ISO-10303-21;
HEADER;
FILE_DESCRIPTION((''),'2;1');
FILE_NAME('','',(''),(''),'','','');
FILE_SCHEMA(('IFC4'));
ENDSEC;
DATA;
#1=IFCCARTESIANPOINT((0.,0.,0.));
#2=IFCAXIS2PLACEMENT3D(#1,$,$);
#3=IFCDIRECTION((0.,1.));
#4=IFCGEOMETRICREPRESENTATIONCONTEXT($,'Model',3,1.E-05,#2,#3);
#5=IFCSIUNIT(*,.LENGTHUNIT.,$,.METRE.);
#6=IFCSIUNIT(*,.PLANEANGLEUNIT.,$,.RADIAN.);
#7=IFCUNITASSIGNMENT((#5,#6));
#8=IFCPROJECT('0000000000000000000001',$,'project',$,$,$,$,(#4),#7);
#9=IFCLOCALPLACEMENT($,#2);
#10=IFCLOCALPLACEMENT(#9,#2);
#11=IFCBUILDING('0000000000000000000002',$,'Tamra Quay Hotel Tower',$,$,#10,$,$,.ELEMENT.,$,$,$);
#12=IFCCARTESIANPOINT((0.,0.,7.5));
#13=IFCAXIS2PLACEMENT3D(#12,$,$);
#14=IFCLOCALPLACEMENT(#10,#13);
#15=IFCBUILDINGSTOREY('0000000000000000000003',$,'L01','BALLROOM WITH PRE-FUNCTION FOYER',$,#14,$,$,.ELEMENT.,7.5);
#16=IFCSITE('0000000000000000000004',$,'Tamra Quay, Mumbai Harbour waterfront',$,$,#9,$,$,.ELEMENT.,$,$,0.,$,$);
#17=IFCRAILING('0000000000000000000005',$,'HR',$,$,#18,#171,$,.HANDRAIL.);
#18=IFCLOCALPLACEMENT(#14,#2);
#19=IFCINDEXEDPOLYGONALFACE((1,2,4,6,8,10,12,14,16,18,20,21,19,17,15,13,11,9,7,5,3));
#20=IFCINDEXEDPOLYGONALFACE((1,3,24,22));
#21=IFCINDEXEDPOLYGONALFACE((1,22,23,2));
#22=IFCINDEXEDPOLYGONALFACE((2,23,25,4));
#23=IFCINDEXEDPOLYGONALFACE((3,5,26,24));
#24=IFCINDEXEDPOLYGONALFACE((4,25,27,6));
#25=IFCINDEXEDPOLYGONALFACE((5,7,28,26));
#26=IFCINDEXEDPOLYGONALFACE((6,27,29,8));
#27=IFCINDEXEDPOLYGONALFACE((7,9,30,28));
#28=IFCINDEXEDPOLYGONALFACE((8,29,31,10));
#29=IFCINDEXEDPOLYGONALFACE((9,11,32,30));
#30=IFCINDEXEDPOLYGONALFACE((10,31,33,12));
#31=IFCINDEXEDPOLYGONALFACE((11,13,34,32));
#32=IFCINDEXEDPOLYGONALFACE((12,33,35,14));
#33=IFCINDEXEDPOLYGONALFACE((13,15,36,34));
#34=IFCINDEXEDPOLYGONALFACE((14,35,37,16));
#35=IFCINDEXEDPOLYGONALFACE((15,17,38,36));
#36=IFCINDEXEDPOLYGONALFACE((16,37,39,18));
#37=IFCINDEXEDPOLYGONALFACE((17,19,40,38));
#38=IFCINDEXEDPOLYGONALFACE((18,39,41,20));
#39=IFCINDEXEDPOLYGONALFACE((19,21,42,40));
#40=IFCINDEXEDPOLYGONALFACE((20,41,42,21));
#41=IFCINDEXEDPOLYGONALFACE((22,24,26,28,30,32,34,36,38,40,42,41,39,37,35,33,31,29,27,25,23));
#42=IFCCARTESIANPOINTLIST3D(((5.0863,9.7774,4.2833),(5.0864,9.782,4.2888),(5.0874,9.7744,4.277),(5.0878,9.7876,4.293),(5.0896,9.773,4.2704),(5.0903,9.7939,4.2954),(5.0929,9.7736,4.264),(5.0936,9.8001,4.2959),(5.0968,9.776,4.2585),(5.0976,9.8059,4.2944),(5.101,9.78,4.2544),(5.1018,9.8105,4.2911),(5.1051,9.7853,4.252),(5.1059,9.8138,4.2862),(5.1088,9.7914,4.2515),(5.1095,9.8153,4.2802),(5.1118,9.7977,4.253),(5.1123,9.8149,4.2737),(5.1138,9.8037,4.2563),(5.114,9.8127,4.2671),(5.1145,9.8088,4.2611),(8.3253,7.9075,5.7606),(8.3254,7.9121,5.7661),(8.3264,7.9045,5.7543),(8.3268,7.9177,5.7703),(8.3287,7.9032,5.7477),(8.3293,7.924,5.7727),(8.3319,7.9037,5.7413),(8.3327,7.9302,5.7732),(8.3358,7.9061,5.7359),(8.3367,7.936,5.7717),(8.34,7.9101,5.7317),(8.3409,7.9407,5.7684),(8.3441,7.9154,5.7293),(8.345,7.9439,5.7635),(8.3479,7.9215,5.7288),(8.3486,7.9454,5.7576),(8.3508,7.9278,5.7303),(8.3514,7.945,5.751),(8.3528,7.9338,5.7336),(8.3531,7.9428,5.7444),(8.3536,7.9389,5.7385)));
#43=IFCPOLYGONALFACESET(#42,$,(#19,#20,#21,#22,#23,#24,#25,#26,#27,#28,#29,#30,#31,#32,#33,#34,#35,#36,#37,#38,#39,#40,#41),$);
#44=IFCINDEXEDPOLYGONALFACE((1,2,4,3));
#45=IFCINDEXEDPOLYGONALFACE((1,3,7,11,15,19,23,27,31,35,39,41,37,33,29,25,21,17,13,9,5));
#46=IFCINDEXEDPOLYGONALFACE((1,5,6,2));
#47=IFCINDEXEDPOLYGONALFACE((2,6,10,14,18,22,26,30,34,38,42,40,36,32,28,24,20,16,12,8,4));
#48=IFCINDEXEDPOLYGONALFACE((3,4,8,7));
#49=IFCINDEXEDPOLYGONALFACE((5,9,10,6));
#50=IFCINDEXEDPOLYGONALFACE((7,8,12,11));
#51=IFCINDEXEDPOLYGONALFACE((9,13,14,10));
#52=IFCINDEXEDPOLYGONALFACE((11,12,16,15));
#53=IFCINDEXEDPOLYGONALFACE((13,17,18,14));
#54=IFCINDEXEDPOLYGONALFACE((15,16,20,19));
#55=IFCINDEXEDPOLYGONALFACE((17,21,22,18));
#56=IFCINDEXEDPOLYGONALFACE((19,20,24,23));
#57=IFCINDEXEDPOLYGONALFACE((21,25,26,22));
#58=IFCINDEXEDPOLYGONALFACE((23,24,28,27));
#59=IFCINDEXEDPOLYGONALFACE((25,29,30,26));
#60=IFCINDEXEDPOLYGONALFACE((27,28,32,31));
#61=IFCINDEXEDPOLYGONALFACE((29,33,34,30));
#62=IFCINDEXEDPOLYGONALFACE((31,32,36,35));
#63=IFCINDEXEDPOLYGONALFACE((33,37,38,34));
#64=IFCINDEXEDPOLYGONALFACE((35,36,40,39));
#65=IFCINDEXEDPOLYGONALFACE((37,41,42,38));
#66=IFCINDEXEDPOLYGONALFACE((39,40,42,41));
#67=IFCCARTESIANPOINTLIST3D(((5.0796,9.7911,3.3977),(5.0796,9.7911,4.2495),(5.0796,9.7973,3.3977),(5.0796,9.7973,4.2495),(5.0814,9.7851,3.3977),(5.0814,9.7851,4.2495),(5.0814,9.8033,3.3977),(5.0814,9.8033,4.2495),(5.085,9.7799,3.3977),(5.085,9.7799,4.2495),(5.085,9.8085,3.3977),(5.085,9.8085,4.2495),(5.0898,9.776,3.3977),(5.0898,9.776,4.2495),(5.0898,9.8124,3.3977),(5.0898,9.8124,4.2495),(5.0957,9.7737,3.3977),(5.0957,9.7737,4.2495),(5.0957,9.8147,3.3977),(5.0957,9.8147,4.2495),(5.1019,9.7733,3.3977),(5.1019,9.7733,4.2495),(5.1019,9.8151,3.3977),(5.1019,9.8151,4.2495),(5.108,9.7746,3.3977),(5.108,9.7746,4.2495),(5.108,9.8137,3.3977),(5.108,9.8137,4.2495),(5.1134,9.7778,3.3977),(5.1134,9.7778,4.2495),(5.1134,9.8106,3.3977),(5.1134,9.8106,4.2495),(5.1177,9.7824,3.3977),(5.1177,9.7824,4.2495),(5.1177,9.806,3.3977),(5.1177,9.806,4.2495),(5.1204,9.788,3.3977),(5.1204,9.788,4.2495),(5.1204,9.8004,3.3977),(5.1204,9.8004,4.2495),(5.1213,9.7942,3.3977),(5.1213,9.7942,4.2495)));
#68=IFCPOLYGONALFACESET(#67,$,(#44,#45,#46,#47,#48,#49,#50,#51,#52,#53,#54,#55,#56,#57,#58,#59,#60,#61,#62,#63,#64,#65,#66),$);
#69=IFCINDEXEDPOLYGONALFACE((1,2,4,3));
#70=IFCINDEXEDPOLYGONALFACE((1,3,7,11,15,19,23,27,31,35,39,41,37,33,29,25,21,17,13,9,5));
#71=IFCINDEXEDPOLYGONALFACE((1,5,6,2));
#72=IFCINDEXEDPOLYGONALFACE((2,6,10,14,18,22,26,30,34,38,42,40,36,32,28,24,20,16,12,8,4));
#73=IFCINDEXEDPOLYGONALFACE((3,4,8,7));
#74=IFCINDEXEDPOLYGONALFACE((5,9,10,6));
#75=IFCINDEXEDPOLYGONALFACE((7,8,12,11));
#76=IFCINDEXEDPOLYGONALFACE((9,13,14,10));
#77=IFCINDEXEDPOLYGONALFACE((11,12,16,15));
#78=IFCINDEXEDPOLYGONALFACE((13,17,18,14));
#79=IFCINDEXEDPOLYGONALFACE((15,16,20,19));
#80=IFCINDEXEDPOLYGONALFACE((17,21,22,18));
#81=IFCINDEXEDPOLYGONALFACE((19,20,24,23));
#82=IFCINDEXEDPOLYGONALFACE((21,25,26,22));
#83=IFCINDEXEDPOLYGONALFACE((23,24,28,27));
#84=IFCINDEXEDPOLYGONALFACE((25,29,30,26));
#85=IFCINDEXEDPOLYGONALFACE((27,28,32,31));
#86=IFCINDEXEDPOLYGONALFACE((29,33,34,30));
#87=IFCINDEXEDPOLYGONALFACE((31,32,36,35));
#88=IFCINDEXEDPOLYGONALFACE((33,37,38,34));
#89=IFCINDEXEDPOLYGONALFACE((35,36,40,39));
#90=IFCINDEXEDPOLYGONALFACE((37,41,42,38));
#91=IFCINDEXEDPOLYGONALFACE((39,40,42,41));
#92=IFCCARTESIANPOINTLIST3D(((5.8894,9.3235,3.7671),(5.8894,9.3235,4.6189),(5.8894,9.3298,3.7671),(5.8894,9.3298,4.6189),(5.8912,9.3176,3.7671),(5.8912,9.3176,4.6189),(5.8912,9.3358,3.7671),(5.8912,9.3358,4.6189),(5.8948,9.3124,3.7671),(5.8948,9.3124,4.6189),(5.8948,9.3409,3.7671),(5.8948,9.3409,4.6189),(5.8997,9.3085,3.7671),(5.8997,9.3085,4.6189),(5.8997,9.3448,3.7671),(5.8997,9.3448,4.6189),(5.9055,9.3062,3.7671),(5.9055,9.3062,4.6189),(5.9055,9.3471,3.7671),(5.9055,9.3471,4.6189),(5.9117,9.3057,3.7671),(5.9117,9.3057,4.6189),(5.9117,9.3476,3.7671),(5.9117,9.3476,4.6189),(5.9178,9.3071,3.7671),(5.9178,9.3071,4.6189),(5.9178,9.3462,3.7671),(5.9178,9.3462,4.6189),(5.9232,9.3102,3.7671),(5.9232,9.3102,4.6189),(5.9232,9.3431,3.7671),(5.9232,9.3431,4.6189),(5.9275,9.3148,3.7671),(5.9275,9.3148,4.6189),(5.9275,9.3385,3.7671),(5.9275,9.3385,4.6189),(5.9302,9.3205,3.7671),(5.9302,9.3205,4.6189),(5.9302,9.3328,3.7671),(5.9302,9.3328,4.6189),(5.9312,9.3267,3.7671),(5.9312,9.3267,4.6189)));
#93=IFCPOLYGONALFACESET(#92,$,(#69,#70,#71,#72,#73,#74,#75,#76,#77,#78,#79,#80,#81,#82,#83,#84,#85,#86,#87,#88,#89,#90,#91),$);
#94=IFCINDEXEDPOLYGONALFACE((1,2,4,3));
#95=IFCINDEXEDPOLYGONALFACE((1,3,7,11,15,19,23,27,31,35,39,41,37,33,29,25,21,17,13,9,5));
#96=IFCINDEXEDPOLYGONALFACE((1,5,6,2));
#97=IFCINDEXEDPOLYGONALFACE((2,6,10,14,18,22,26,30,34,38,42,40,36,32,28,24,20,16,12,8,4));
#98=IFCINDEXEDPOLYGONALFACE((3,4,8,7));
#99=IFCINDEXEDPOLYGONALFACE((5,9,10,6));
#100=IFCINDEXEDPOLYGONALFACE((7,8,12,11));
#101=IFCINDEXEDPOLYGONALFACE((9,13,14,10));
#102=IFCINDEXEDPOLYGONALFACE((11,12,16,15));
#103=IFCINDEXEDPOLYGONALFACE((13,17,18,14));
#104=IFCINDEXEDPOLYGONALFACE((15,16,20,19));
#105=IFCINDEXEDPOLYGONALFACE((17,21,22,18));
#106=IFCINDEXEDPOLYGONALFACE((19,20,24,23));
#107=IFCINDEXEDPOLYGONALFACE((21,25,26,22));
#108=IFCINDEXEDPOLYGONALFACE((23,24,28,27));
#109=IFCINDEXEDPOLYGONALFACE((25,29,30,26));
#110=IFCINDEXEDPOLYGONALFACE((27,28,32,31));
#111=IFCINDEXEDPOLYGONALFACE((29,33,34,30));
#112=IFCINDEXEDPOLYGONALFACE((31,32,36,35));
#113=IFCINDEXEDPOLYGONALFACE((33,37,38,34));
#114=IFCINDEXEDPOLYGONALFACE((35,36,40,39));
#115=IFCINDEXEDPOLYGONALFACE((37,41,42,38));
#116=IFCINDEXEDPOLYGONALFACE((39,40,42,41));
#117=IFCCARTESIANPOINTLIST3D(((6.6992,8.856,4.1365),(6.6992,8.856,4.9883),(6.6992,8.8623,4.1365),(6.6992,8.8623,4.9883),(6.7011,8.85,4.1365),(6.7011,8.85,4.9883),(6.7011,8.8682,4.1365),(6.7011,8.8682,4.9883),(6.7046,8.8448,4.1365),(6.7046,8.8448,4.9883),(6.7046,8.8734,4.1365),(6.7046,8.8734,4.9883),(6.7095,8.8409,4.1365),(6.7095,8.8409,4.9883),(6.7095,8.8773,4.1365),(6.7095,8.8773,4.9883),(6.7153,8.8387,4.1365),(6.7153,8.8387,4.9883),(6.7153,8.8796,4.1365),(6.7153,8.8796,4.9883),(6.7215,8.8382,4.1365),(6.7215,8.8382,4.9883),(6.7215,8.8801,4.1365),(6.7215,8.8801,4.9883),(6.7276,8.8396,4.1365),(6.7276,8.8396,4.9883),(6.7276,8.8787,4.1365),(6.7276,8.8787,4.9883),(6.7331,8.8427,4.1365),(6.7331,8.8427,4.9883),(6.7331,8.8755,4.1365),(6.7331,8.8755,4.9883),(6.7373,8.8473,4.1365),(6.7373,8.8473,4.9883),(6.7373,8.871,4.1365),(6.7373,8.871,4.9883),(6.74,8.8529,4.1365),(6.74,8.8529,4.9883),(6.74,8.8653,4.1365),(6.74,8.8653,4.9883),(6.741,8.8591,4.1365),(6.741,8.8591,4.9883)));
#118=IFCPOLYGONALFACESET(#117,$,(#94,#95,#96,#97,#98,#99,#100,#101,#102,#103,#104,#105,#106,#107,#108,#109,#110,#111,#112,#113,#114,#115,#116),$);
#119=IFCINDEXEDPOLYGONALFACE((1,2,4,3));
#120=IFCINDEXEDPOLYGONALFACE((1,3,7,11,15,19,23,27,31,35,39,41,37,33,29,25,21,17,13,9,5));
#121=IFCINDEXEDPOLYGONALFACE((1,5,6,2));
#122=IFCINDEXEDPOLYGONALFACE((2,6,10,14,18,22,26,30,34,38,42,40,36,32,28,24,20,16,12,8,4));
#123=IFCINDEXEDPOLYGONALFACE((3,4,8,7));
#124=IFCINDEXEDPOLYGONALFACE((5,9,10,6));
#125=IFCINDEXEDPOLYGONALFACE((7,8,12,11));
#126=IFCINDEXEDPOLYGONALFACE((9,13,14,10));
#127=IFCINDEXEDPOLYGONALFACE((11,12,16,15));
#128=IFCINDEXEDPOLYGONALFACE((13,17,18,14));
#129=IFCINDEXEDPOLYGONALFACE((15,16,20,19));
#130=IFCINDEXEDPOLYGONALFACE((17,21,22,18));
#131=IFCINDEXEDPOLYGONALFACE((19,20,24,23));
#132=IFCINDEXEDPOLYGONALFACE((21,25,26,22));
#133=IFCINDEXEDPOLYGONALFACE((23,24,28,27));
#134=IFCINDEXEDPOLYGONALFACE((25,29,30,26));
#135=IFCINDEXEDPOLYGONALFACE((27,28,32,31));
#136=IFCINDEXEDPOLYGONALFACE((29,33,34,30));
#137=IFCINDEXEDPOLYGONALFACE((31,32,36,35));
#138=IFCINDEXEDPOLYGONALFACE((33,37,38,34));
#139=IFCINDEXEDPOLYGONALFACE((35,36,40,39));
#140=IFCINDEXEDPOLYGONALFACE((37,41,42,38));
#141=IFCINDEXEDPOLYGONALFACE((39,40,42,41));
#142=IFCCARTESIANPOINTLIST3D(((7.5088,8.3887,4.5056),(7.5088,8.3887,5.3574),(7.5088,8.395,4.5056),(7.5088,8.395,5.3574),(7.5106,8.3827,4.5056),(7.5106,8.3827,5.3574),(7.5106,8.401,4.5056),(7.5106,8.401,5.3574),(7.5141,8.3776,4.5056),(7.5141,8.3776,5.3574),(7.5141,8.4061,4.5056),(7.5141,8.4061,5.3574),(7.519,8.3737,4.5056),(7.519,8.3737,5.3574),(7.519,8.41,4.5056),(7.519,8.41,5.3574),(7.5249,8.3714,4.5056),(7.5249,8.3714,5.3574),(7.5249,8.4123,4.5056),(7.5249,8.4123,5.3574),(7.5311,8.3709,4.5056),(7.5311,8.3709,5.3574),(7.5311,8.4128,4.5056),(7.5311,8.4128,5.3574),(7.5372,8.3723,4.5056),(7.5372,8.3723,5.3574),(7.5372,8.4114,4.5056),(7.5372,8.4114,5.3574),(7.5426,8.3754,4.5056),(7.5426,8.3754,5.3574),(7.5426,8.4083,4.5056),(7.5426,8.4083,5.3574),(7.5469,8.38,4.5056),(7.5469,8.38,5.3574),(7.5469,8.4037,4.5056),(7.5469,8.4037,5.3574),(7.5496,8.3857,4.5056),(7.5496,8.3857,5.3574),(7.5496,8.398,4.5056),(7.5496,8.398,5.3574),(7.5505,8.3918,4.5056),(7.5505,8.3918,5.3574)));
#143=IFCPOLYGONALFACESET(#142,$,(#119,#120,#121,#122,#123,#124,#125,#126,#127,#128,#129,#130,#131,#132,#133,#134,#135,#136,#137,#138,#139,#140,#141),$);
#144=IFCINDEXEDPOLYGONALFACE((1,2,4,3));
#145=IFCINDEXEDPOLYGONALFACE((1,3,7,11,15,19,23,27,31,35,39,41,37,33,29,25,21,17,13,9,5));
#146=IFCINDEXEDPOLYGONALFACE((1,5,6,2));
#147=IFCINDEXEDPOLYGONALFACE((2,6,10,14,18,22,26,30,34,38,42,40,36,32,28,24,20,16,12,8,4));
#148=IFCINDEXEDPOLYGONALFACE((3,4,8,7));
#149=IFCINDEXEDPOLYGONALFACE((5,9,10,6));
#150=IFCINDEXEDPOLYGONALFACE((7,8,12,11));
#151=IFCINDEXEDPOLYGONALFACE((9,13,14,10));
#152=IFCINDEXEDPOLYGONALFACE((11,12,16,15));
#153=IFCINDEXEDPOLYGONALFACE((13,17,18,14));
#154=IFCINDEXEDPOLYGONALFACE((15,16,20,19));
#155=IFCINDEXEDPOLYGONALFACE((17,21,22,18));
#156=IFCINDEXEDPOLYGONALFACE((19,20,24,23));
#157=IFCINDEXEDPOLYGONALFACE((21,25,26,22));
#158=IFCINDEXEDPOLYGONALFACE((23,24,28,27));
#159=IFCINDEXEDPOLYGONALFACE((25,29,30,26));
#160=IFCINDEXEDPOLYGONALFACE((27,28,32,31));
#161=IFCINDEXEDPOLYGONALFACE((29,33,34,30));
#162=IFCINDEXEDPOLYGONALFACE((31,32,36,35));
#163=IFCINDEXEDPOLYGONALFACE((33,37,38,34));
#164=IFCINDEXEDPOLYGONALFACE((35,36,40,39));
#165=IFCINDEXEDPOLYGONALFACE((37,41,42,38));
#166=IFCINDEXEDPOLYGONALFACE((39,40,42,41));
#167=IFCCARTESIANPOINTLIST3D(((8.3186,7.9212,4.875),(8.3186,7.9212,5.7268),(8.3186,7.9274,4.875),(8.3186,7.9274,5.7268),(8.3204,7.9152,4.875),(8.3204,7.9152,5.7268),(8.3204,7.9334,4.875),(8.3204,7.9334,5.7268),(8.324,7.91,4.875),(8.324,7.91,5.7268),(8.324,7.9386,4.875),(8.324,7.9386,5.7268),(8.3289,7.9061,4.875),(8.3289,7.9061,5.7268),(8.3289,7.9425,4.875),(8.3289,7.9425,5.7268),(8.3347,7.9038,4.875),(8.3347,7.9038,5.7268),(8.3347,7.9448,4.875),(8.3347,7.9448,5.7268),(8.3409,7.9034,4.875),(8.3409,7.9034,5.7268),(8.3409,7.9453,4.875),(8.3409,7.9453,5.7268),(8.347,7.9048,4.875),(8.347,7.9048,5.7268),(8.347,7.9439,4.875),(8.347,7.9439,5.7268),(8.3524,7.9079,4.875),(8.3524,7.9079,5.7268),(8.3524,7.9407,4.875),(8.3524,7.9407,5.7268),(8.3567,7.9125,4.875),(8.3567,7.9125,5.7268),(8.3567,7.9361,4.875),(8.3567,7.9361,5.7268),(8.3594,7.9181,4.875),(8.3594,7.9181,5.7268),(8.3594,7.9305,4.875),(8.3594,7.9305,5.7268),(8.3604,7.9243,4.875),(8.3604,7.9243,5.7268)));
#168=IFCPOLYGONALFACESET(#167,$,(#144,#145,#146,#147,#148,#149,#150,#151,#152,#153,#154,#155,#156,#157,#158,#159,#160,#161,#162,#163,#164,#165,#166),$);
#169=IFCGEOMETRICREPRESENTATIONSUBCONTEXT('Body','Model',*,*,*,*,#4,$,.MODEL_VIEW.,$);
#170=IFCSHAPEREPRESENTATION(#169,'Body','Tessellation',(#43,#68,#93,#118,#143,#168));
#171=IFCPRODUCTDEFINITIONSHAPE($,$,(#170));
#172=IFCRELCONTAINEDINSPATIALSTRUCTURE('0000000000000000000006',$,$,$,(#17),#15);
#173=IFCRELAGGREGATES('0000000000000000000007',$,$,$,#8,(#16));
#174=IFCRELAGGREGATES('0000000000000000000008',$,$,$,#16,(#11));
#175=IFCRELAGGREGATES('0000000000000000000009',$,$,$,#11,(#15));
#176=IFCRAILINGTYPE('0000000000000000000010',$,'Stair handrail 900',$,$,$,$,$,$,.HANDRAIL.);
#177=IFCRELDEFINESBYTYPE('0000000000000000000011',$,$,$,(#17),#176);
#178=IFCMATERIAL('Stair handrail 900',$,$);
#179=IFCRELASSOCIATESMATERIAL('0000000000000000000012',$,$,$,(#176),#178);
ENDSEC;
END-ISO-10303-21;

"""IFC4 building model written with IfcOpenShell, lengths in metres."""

from ifc_helpers import new_model, si_unit, direction, frame, origin, origin_2d, place, context, subcontext, project, spatial, circle, extrude, material, type_object, element, save


model = new_model("IFC4")

# Units and contexts
model_context = context("Model", 3, precision=1e-05, world=origin(), true_north=direction((0.0, 1.0)))
body_context = subcontext(model_context, "Body", "Model", "MODEL_VIEW")
ifc_project = project(units=[si_unit("LENGTHUNIT", "METRE"), si_unit("PLANEANGLEUNIT", "RADIAN")], contexts=[model_context])

# Site, building, storey
site_placement = place(None, origin())
site = spatial("IfcSite", under=ifc_project, at=site_placement, Name="Tamra Quay, Mumbai Harbour waterfront", CompositionType="ELEMENT", RefElevation=0.0)
building_placement = place(site_placement, origin())
building = spatial("IfcBuilding", under=site, at=building_placement, Name="Tamra Quay Hotel Tower", CompositionType="ELEMENT")
storey_placement = place(building_placement, frame((0.0, 0.0, 7.5)))
storey = spatial("IfcBuildingStorey", under=building, at=storey_placement, Name="L01", Description="BALLROOM WITH PRE-FUNCTION FOYER", CompositionType="ELEMENT", Elevation=7.5)

# Railing
ifc_material_1 = material(Name="Stair handrail 900")
railing_type_1 = type_object("IfcRailingType", Name="Stair handrail 900", PredefinedType="HANDRAIL", material=ifc_material_1)
for number, where, name in (
    (1, (5.1003, 9.7942, 3.3977), "HR"),
):
    element("IfcRailing", number, at=place(storey_placement, frame(where)), inside=storey, type_object=railing_type_1, Name=name, PredefinedType="HANDRAIL", context=body_context, shape_type="SweptSolid", body=[
        extrude(circle(Radius=0.0239, at=origin_2d()), frame((0.0, 0.0, 0.876), z_axis=(0.805485, -0.465004, 0.367377), x_axis=(0.499965, 0.866045, 0.0)), (0.0, 0.0, 1.0), 4.0212),
        extrude(circle(Radius=0.021, at=origin_2d()), origin(), (0.0, 0.0, 1.0), 0.8518),
        extrude(circle(Radius=0.021, at=origin_2d()), frame((0.8098, -0.4675, 0.3694)), (0.0, 0.0, 1.0), 0.8518),
        extrude(circle(Radius=0.021, at=origin_2d()), frame((1.6196, -0.9351, 0.7388)), (0.0, 0.0, 1.0), 0.8518),
        extrude(circle(Radius=0.021, at=origin_2d()), frame((2.4292, -1.4023, 1.1079)), (0.0, 0.0, 1.0), 0.8518),
        extrude(circle(Radius=0.021, at=origin_2d()), frame((3.239, -1.8699, 1.4773)), (0.0, 0.0, 1.0), 0.8518),
    ])

save(model, "model.ifc")
